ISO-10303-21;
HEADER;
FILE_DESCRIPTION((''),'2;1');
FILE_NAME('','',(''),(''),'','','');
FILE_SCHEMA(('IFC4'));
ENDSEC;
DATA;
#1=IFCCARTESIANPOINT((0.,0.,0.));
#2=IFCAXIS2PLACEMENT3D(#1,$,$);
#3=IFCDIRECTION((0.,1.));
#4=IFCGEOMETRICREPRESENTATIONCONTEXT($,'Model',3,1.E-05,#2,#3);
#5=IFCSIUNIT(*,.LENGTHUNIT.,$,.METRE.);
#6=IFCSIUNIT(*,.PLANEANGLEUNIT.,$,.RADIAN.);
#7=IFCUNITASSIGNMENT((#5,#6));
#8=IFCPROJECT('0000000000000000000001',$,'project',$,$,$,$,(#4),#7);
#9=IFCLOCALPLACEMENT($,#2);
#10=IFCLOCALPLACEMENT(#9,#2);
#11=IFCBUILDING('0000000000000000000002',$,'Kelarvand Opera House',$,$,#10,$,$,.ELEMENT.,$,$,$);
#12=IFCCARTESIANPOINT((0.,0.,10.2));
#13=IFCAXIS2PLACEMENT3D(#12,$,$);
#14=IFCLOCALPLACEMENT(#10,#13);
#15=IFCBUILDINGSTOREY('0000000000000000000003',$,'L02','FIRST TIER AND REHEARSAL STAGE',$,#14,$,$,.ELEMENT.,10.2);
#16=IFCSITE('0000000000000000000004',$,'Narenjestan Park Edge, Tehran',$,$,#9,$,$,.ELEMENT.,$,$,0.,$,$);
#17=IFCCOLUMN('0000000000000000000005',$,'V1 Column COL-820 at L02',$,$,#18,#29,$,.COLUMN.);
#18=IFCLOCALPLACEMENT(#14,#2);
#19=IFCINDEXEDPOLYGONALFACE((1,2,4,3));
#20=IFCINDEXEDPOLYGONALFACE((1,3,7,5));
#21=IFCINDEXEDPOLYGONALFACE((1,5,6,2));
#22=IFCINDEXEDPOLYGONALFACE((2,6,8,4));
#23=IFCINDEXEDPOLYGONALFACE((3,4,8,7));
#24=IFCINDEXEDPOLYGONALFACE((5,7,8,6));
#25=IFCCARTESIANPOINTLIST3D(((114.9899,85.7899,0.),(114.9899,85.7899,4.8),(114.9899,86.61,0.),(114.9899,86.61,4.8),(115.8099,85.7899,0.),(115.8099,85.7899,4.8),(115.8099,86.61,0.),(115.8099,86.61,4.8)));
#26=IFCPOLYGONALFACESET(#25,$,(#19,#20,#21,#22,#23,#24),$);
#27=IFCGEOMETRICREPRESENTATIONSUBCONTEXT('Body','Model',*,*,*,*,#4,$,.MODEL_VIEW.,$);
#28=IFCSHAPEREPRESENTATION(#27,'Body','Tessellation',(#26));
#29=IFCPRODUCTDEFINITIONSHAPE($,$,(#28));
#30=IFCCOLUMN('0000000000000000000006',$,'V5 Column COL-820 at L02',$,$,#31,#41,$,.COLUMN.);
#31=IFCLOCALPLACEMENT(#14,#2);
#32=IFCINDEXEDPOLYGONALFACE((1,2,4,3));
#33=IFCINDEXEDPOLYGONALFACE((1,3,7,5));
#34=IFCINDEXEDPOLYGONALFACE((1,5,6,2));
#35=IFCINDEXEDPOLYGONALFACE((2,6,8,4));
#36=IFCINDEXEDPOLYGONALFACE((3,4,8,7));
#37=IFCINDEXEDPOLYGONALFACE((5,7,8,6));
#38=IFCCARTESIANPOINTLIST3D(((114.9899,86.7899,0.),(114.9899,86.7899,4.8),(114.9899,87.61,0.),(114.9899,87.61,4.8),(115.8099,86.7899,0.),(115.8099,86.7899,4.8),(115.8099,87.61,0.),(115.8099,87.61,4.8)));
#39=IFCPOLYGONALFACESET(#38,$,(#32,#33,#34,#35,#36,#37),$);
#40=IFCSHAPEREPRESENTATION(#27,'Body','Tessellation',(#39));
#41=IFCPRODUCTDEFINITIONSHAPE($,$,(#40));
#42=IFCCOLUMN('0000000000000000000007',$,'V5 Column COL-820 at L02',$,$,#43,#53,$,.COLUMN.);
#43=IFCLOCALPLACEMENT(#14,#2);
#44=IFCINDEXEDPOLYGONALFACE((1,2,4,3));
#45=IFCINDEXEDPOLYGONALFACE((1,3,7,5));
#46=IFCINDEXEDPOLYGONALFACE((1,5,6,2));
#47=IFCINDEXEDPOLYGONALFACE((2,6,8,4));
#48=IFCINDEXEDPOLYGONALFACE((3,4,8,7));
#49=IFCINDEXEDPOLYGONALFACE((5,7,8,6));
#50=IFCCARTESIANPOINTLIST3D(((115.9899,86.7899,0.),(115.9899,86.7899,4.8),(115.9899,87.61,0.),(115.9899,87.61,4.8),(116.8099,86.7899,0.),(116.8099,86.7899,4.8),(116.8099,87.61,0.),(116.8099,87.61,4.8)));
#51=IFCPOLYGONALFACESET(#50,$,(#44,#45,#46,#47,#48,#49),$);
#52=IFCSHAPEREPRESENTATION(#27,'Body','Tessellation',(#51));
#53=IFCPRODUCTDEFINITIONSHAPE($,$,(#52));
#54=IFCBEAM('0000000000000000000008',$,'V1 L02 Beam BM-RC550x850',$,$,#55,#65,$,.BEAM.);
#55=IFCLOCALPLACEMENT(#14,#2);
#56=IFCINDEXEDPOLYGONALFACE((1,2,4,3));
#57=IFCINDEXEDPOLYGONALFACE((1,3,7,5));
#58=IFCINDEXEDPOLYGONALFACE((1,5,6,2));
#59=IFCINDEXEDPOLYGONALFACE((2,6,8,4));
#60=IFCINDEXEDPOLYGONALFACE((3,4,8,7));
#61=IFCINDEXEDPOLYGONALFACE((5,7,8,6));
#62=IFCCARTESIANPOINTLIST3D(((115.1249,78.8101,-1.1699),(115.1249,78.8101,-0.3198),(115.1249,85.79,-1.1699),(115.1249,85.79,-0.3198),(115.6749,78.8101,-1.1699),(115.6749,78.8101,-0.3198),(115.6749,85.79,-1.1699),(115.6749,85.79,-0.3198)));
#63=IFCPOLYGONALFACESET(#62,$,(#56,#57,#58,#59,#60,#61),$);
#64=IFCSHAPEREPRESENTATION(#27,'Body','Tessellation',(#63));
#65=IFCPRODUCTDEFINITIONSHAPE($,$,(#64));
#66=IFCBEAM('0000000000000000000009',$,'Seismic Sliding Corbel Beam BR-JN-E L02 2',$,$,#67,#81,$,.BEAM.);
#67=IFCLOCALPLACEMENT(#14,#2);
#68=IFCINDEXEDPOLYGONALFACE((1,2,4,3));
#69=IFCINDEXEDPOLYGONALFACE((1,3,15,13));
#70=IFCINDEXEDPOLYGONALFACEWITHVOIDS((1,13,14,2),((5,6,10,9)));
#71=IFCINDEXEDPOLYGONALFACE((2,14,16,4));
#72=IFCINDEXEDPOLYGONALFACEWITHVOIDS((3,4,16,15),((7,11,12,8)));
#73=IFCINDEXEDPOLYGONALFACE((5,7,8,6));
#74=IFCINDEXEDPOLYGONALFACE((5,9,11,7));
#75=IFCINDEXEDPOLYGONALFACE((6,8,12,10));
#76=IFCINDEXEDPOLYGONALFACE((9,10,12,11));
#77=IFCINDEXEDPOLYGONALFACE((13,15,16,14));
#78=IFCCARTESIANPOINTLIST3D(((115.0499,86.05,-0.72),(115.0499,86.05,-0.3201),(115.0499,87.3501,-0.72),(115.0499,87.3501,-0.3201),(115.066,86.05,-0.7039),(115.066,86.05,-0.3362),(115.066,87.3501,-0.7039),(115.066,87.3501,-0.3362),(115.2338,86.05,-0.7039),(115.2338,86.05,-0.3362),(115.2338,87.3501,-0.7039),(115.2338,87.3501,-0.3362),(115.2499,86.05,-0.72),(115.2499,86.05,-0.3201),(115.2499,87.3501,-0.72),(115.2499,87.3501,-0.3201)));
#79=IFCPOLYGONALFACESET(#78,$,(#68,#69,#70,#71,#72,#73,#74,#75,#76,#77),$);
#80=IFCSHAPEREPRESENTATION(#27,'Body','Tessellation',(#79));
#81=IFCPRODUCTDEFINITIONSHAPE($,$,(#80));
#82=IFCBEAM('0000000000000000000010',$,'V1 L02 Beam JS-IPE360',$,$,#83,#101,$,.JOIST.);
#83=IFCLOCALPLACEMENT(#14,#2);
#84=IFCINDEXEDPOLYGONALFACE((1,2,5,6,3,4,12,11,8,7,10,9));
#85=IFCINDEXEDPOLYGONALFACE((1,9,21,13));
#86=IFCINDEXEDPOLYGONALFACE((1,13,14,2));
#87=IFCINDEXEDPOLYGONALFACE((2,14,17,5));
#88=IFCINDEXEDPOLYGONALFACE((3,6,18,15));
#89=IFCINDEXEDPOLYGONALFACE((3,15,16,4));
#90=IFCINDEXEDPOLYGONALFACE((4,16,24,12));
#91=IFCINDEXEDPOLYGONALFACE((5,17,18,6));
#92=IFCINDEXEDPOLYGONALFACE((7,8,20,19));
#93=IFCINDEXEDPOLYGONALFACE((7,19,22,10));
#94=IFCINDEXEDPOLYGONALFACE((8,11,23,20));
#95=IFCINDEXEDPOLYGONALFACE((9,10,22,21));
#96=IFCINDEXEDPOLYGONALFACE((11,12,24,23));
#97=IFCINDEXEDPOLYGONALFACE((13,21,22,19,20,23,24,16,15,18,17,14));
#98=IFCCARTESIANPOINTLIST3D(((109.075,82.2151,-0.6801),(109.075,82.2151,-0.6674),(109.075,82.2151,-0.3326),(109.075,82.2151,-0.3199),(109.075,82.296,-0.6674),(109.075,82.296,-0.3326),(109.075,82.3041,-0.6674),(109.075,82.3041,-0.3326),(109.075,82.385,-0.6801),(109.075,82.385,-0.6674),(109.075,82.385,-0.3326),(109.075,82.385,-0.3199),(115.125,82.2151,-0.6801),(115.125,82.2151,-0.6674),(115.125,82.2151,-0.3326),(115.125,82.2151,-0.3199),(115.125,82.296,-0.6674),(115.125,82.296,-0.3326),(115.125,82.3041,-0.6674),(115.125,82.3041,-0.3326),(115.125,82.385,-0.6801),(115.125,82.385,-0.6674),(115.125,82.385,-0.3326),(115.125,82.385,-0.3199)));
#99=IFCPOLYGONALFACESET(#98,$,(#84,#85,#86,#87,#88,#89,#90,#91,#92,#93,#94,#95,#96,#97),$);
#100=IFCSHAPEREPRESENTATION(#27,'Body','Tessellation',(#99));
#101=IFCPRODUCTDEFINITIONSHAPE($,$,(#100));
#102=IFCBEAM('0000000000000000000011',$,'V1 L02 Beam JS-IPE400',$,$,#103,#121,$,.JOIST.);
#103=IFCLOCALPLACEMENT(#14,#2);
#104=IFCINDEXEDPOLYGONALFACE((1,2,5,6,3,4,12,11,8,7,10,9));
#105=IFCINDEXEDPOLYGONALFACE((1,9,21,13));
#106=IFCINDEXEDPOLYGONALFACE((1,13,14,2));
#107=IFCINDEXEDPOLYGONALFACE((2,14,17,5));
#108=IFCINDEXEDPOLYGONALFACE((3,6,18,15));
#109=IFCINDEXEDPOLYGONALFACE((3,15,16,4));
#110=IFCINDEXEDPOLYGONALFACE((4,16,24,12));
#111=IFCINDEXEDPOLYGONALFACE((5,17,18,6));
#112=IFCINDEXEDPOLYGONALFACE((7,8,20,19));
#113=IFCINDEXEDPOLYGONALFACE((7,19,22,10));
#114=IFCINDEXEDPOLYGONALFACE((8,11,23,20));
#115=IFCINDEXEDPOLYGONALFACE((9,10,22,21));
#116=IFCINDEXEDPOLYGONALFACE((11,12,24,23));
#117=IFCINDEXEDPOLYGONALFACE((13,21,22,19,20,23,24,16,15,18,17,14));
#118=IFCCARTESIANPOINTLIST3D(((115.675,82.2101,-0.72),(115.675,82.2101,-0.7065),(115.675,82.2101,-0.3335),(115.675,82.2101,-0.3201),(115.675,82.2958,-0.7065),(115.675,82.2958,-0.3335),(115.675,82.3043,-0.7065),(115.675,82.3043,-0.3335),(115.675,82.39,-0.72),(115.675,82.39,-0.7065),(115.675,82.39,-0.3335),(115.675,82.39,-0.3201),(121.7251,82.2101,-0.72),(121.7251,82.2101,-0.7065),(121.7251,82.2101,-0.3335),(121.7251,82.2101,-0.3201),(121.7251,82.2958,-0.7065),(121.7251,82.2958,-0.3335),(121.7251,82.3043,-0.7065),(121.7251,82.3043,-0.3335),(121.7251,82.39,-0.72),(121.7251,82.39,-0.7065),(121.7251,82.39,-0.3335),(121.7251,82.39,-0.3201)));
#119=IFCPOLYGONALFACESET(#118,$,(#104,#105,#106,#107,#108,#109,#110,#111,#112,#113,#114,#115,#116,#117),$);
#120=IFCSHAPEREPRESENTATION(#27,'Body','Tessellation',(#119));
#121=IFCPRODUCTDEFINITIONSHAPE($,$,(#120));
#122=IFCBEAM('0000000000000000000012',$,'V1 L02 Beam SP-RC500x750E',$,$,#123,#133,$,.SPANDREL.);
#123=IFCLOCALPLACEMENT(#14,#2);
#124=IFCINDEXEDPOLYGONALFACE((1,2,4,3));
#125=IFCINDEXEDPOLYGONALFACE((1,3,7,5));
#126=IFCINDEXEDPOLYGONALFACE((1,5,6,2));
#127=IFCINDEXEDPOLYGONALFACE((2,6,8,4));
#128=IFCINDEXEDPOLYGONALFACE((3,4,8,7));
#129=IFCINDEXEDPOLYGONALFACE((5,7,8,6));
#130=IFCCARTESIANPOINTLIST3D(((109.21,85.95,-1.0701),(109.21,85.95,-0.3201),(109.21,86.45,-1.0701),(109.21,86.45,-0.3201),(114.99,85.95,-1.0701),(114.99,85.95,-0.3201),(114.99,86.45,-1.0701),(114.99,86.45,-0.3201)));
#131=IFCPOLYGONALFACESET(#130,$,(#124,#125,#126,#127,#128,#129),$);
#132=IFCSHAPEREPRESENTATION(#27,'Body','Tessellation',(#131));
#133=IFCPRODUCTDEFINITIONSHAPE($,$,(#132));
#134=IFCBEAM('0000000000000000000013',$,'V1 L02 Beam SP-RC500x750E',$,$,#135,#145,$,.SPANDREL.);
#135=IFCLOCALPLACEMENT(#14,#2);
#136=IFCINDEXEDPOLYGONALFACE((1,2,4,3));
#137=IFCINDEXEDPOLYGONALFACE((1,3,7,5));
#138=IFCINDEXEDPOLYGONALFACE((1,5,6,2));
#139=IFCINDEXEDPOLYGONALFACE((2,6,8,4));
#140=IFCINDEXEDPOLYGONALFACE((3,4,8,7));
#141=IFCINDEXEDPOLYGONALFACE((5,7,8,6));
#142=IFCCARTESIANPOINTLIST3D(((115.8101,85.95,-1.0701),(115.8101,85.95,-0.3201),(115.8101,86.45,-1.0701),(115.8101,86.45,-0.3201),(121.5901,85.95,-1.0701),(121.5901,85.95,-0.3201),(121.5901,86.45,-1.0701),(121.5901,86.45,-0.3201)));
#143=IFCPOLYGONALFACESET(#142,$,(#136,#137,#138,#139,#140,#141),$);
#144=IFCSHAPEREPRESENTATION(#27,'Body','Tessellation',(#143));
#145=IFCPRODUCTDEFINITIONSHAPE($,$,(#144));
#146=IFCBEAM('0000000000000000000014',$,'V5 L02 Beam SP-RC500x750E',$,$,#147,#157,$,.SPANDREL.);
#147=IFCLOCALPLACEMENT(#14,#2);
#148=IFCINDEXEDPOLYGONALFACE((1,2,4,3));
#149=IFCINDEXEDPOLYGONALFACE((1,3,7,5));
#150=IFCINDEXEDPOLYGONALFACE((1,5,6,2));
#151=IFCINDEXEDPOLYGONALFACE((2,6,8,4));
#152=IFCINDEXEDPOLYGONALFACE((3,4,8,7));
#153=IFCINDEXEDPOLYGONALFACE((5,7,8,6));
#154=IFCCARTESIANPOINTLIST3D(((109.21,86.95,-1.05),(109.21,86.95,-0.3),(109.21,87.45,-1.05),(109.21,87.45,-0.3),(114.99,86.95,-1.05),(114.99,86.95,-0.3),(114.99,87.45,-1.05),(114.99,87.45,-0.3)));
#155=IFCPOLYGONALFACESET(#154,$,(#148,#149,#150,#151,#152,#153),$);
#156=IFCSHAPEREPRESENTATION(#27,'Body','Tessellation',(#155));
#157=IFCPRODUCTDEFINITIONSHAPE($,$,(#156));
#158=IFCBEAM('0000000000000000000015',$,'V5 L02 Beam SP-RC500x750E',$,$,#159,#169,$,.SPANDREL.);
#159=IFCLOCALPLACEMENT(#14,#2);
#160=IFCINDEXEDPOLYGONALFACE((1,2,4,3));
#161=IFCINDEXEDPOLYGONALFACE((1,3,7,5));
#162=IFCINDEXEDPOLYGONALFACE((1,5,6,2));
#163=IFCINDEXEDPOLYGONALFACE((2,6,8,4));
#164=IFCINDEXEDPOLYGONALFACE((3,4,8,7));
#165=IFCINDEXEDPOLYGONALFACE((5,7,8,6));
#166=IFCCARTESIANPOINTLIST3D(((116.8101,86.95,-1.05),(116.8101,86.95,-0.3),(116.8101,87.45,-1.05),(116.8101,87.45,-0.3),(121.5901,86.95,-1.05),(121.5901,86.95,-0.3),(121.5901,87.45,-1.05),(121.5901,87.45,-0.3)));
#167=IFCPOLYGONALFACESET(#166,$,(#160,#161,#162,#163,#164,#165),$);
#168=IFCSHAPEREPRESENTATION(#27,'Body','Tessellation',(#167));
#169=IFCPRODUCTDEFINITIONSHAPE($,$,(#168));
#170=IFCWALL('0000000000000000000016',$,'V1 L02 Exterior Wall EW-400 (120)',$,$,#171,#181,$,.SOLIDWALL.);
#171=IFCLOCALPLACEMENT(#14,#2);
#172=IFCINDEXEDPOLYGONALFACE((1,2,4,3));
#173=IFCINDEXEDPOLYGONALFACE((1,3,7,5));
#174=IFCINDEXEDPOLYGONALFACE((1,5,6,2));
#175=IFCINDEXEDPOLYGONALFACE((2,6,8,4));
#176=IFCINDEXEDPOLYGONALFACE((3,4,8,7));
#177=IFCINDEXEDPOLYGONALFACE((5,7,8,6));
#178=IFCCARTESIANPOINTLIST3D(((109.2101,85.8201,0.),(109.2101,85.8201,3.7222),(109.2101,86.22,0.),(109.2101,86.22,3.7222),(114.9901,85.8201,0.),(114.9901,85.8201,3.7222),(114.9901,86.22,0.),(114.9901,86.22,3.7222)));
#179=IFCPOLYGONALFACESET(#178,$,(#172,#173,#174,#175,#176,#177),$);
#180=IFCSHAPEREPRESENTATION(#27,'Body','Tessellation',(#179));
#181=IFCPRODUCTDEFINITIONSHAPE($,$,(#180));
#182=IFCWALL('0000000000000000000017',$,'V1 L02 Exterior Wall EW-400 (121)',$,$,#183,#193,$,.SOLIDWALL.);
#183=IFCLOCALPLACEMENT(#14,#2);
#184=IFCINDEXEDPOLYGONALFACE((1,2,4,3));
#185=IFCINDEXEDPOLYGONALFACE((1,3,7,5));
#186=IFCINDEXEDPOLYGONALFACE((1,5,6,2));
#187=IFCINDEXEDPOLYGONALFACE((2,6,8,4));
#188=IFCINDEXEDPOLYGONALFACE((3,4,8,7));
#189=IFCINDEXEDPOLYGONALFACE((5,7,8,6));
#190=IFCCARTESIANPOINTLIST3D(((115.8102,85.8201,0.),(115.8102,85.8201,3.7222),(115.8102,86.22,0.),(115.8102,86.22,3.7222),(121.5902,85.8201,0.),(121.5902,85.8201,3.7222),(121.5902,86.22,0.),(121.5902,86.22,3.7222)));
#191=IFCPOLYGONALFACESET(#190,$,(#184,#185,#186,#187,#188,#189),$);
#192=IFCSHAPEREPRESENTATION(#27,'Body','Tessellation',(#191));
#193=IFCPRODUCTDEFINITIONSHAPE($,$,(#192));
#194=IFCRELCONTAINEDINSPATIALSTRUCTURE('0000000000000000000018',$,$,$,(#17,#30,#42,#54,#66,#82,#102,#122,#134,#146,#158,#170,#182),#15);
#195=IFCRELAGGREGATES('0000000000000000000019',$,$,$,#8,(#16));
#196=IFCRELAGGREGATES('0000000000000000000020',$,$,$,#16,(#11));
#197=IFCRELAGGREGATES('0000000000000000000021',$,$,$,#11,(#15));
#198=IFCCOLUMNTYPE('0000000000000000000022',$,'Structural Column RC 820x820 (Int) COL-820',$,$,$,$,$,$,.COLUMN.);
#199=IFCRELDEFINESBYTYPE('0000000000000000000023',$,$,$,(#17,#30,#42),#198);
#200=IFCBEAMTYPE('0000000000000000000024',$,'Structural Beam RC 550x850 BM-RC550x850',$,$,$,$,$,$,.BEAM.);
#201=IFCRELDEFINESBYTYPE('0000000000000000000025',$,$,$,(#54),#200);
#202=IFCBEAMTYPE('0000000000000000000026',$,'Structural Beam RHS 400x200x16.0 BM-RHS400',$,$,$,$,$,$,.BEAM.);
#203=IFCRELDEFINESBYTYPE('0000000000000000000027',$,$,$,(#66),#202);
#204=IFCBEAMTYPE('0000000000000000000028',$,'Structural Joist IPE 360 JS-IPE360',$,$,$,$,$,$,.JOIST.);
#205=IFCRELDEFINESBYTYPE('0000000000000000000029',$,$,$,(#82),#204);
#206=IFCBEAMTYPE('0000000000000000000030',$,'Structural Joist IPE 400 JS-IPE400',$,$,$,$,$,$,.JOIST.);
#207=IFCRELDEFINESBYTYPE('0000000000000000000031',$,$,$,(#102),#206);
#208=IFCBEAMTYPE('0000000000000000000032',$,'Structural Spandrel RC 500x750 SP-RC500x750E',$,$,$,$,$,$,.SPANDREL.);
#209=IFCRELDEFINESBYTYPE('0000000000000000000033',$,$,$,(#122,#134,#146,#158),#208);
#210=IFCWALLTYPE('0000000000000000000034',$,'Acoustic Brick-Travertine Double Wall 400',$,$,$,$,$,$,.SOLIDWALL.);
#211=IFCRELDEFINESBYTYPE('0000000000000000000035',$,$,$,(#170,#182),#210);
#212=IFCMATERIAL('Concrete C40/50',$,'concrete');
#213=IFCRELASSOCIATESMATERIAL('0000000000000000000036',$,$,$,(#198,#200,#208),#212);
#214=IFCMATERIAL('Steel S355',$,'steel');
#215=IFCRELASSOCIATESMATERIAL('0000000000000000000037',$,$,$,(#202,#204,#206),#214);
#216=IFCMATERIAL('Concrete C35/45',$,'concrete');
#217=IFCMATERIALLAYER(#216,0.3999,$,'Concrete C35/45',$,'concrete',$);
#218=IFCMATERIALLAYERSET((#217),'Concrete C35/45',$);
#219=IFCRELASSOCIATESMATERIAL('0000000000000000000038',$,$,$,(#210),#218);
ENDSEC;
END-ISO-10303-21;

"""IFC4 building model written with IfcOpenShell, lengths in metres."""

from ifc_helpers import new_model, si_unit, direction, frame, frame_2d, origin, origin_2d, place, context, subcontext, project, spatial, rectangle, hollow_rectangle, i_section, extrude, material, layer, layer_set, material_profile, profile_set, type_object, element, save


model = new_model("IFC4")

# Units and contexts
model_context = context("Model", 3, precision=1e-05, world=origin(), true_north=direction((0.0, 1.0)))
body_context = subcontext(model_context, "Body", "Model", "MODEL_VIEW")
ifc_project = project(units=[si_unit("LENGTHUNIT", "METRE"), si_unit("PLANEANGLEUNIT", "RADIAN")], contexts=[model_context])

# Site, building, storey
site_placement = place(None, origin())
site = spatial("IfcSite", under=ifc_project, at=site_placement, Name="Narenjestan Park Edge, Tehran", CompositionType="ELEMENT", RefElevation=0.0)
building_placement = place(site_placement, origin())
building = spatial("IfcBuilding", under=site, at=building_placement, Name="Kelarvand Opera House", CompositionType="ELEMENT")
storey_placement = place(building_placement, frame((0.0, 0.0, 10.2)))
storey = spatial("IfcBuildingStorey", under=building, at=storey_placement, Name="L02", Description="FIRST TIER AND REHEARSAL STAGE", CompositionType="ELEMENT", Elevation=10.2)

# Columns
ifc_material_1 = material(Name="Concrete C40/50", Category="concrete")
ifc_material_profile_1 = material_profile(ifc_material_1, rectangle(XDim=0.8201, YDim=0.8201, at=origin_2d()), Name="RC 820x820", Category="concrete")
ifc_profile_set_1 = profile_set([ifc_material_profile_1], Name="Concrete C40/50")
column_type = type_object("IfcColumnType", Name="Structural Column RC 820x820 (Int) COL-820", PredefinedType="COLUMN", material=ifc_profile_set_1)
for number, where, z_axis, x_axis, name in (
    (1, (115.3999, 86.2, 0.0), (0.0, 0.0, 1.0), (1.0, 0.0, 0.0), "V1 Column COL-820 at L02"),
    (2, (115.3999, 87.2, 0.0), (0.0, 0.0, 1.0), (1.0, 0.0, 0.0), "V5 Column COL-820 at L02"),
    (3, (116.3999, 87.2, 0.0), (0.0, 0.0, 1.0), (1.0, 0.0, 0.0), "V5 Column COL-820 at L02"),
):
    element("IfcColumn", number, at=place(storey_placement, frame(where, z_axis=z_axis, x_axis=x_axis)), inside=storey, type_object=column_type, Name=name, PredefinedType="COLUMN", context=body_context, shape_type="SweptSolid", body=[
        extrude(rectangle(XDim=0.8201, YDim=0.8201, at=origin_2d()), origin(), (0.0, 0.0, 1.0), 4.8),
    ])

# Beams
ifc_material_profile_2 = material_profile(ifc_material_1, rectangle(XDim=0.55, YDim=0.8501, at=origin_2d()), Name="RC 550x850", Category="concrete")
ifc_profile_set_2 = profile_set([ifc_material_profile_2], Name="Concrete C40/50")
beam_type_1 = type_object("IfcBeamType", Name="Structural Beam RC 550x850 BM-RC550x850", PredefinedType="BEAM", material=ifc_profile_set_2)
beam_1_placement = place(storey_placement, frame((115.3999, 78.8101, -0.7449), z_axis=(0.0, 1.0, 0.0), x_axis=(-1.0, 0.0, 0.0)))
element("IfcBeam", 4, at=beam_1_placement, inside=storey, type_object=beam_type_1, Name="V1 L02 Beam BM-RC550x850", PredefinedType="BEAM", context=body_context, shape_type="SweptSolid", body=[
    extrude(rectangle(XDim=0.55, YDim=0.8501, at=origin_2d()), origin(), (0.0, 0.0, 1.0), 6.98),
])
ifc_material_2 = material(Name="Steel S355", Category="steel")
ifc_material_profile_3 = material_profile(ifc_material_2, hollow_rectangle(XDim=0.2, YDim=0.3999, WallThickness=0.0161, at=origin_2d()), Name="RHS 400x200x16.0", Category="steel")
ifc_profile_set_3 = profile_set([ifc_material_profile_3], Name="Steel S355")
beam_type_2 = type_object("IfcBeamType", Name="Structural Beam RHS 400x200x16.0 BM-RHS400", PredefinedType="BEAM", material=ifc_profile_set_3)
beam_2_placement = place(storey_placement, frame((115.1499, 86.05, -0.52), z_axis=(0.0, 1.0, 0.0), x_axis=(-1.0, 0.0, 0.0)))
element("IfcBeam", 5, at=beam_2_placement, inside=storey, type_object=beam_type_2, Name="Seismic Sliding Corbel Beam BR-JN-E L02 2", PredefinedType="BEAM", context=body_context, shape_type="SweptSolid", body=[
    extrude(hollow_rectangle(XDim=0.2, YDim=0.3999, WallThickness=0.0161, at=origin_2d()), origin(), (0.0, 0.0, 1.0), 1.3),
])
ifc_material_profile_4 = material_profile(ifc_material_2, i_section(OverallWidth=0.1699, OverallDepth=0.3601, WebThickness=0.0081, FlangeThickness=0.0127, at=origin_2d()), Name="IPE 360", Category="steel")
ifc_profile_set_4 = profile_set([ifc_material_profile_4], Name="Steel S355")
beam_type_3 = type_object("IfcBeamType", Name="Structural Joist IPE 360 JS-IPE360", PredefinedType="JOIST", material=ifc_profile_set_4)
beam_3_placement = place(storey_placement, frame((109.075, 82.3, -0.5), z_axis=(1.0, 0.0, 0.0), x_axis=(0.0, 1.0, 0.0)))
element("IfcBeam", 6, at=beam_3_placement, inside=storey, type_object=beam_type_3, Name="V1 L02 Beam JS-IPE360", PredefinedType="JOIST", context=body_context, shape_type="SweptSolid", body=[
    extrude(i_section(OverallWidth=0.1699, OverallDepth=0.3601, WebThickness=0.0081, FlangeThickness=0.0127, at=origin_2d()), origin(), (0.0, 0.0, 1.0), 6.05),
])
ifc_material_profile_5 = material_profile(ifc_material_2, i_section(OverallWidth=0.1799, OverallDepth=0.3999, WebThickness=0.0085, FlangeThickness=0.0134, at=origin_2d()), Name="IPE 400", Category="steel")
ifc_profile_set_5 = profile_set([ifc_material_profile_5], Name="Steel S355")
beam_type_4 = type_object("IfcBeamType", Name="Structural Joist IPE 400 JS-IPE400", PredefinedType="JOIST", material=ifc_profile_set_5)
beam_4_placement = place(storey_placement, frame((115.675, 82.3, -0.52), z_axis=(1.0, 0.0, 0.0), x_axis=(0.0, 1.0, 0.0)))
element("IfcBeam", 7, at=beam_4_placement, inside=storey, type_object=beam_type_4, Name="V1 L02 Beam JS-IPE400", PredefinedType="JOIST", context=body_context, shape_type="SweptSolid", body=[
    extrude(i_section(OverallWidth=0.1799, OverallDepth=0.3999, WebThickness=0.0085, FlangeThickness=0.0134, at=origin_2d()), origin(), (0.0, 0.0, 1.0), 6.05),
])
ifc_material_profile_6 = material_profile(ifc_material_1, rectangle(XDim=0.5, YDim=0.75, at=origin_2d()), Name="RC 500x750", Category="concrete")
ifc_profile_set_6 = profile_set([ifc_material_profile_6], Name="Concrete C40/50")
beam_type_5 = type_object("IfcBeamType", Name="Structural Spandrel RC 500x750 SP-RC500x750E", PredefinedType="SPANDREL", material=ifc_profile_set_6)
for number, where, z_axis, x_axis, name in (
    (8, (109.21, 86.2, -0.6951), (1.0, 0.0, 0.0), (0.0, 1.0, 0.0), "V1 L02 Beam SP-RC500x750E"),
    (9, (115.8101, 86.2, -0.6951), (1.0, 0.0, 0.0), (0.0, 1.0, 0.0), "V1 L02 Beam SP-RC500x750E"),
    (10, (109.21, 87.2, -0.675), (1.0, 0.0, 0.0), (0.0, 1.0, 0.0), "V5 L02 Beam SP-RC500x750E"),
):
    element("IfcBeam", number, at=place(storey_placement, frame(where, z_axis=z_axis, x_axis=x_axis)), inside=storey, type_object=beam_type_5, Name=name, PredefinedType="SPANDREL", context=body_context, shape_type="SweptSolid", body=[
        extrude(rectangle(XDim=0.5, YDim=0.75, at=origin_2d()), origin(), (0.0, 0.0, 1.0), 5.78),
    ])
beam_5_placement = place(storey_placement, frame((116.8101, 87.2, -0.675), z_axis=(1.0, 0.0, 0.0), x_axis=(0.0, 1.0, 0.0)))
element("IfcBeam", 11, at=beam_5_placement, inside=storey, type_object=beam_type_5, Name="V5 L02 Beam SP-RC500x750E", PredefinedType="SPANDREL", context=body_context, shape_type="SweptSolid", body=[
    extrude(rectangle(XDim=0.5, YDim=0.75, at=origin_2d()), origin(), (0.0, 0.0, 1.0), 4.78),
])

# Walls
ifc_material_3 = material(Name="Concrete C35/45", Category="concrete")
ifc_layer_1 = layer(ifc_material_3, 0.3999, Name="Concrete C35/45", Category="concrete")
ifc_layer_set_1 = layer_set([ifc_layer_1], Name="Concrete C35/45")
wall_type_1 = type_object("IfcWallType", Name="Acoustic Brick-Travertine Double Wall 400", PredefinedType="SOLIDWALL", material=ifc_layer_set_1)
for number, where, z_axis, x_axis, name in (
    (12, (109.21, 86.02, 0.0), (0.0, 0.0, 1.0), (1.0, 0.0, 0.0), "V1 L02 Exterior Wall EW-400 (120)"),
    (13, (115.8101, 86.02, 0.0), (0.0, 0.0, 1.0), (1.0, 0.0, 0.0), "V1 L02 Exterior Wall EW-400 (121)"),
):
    element("IfcWall", number, at=place(storey_placement, frame(where, z_axis=z_axis, x_axis=x_axis)), inside=storey, type_object=wall_type_1, Name=name, PredefinedType="SOLIDWALL", context=body_context, shape_type="SweptSolid", body=[
        extrude(rectangle(XDim=5.78, YDim=0.3999, at=frame_2d((2.8901, 0.0))), origin(), (0.0, 0.0, 1.0), 3.7222),
    ])

save(model, "model.ifc")
